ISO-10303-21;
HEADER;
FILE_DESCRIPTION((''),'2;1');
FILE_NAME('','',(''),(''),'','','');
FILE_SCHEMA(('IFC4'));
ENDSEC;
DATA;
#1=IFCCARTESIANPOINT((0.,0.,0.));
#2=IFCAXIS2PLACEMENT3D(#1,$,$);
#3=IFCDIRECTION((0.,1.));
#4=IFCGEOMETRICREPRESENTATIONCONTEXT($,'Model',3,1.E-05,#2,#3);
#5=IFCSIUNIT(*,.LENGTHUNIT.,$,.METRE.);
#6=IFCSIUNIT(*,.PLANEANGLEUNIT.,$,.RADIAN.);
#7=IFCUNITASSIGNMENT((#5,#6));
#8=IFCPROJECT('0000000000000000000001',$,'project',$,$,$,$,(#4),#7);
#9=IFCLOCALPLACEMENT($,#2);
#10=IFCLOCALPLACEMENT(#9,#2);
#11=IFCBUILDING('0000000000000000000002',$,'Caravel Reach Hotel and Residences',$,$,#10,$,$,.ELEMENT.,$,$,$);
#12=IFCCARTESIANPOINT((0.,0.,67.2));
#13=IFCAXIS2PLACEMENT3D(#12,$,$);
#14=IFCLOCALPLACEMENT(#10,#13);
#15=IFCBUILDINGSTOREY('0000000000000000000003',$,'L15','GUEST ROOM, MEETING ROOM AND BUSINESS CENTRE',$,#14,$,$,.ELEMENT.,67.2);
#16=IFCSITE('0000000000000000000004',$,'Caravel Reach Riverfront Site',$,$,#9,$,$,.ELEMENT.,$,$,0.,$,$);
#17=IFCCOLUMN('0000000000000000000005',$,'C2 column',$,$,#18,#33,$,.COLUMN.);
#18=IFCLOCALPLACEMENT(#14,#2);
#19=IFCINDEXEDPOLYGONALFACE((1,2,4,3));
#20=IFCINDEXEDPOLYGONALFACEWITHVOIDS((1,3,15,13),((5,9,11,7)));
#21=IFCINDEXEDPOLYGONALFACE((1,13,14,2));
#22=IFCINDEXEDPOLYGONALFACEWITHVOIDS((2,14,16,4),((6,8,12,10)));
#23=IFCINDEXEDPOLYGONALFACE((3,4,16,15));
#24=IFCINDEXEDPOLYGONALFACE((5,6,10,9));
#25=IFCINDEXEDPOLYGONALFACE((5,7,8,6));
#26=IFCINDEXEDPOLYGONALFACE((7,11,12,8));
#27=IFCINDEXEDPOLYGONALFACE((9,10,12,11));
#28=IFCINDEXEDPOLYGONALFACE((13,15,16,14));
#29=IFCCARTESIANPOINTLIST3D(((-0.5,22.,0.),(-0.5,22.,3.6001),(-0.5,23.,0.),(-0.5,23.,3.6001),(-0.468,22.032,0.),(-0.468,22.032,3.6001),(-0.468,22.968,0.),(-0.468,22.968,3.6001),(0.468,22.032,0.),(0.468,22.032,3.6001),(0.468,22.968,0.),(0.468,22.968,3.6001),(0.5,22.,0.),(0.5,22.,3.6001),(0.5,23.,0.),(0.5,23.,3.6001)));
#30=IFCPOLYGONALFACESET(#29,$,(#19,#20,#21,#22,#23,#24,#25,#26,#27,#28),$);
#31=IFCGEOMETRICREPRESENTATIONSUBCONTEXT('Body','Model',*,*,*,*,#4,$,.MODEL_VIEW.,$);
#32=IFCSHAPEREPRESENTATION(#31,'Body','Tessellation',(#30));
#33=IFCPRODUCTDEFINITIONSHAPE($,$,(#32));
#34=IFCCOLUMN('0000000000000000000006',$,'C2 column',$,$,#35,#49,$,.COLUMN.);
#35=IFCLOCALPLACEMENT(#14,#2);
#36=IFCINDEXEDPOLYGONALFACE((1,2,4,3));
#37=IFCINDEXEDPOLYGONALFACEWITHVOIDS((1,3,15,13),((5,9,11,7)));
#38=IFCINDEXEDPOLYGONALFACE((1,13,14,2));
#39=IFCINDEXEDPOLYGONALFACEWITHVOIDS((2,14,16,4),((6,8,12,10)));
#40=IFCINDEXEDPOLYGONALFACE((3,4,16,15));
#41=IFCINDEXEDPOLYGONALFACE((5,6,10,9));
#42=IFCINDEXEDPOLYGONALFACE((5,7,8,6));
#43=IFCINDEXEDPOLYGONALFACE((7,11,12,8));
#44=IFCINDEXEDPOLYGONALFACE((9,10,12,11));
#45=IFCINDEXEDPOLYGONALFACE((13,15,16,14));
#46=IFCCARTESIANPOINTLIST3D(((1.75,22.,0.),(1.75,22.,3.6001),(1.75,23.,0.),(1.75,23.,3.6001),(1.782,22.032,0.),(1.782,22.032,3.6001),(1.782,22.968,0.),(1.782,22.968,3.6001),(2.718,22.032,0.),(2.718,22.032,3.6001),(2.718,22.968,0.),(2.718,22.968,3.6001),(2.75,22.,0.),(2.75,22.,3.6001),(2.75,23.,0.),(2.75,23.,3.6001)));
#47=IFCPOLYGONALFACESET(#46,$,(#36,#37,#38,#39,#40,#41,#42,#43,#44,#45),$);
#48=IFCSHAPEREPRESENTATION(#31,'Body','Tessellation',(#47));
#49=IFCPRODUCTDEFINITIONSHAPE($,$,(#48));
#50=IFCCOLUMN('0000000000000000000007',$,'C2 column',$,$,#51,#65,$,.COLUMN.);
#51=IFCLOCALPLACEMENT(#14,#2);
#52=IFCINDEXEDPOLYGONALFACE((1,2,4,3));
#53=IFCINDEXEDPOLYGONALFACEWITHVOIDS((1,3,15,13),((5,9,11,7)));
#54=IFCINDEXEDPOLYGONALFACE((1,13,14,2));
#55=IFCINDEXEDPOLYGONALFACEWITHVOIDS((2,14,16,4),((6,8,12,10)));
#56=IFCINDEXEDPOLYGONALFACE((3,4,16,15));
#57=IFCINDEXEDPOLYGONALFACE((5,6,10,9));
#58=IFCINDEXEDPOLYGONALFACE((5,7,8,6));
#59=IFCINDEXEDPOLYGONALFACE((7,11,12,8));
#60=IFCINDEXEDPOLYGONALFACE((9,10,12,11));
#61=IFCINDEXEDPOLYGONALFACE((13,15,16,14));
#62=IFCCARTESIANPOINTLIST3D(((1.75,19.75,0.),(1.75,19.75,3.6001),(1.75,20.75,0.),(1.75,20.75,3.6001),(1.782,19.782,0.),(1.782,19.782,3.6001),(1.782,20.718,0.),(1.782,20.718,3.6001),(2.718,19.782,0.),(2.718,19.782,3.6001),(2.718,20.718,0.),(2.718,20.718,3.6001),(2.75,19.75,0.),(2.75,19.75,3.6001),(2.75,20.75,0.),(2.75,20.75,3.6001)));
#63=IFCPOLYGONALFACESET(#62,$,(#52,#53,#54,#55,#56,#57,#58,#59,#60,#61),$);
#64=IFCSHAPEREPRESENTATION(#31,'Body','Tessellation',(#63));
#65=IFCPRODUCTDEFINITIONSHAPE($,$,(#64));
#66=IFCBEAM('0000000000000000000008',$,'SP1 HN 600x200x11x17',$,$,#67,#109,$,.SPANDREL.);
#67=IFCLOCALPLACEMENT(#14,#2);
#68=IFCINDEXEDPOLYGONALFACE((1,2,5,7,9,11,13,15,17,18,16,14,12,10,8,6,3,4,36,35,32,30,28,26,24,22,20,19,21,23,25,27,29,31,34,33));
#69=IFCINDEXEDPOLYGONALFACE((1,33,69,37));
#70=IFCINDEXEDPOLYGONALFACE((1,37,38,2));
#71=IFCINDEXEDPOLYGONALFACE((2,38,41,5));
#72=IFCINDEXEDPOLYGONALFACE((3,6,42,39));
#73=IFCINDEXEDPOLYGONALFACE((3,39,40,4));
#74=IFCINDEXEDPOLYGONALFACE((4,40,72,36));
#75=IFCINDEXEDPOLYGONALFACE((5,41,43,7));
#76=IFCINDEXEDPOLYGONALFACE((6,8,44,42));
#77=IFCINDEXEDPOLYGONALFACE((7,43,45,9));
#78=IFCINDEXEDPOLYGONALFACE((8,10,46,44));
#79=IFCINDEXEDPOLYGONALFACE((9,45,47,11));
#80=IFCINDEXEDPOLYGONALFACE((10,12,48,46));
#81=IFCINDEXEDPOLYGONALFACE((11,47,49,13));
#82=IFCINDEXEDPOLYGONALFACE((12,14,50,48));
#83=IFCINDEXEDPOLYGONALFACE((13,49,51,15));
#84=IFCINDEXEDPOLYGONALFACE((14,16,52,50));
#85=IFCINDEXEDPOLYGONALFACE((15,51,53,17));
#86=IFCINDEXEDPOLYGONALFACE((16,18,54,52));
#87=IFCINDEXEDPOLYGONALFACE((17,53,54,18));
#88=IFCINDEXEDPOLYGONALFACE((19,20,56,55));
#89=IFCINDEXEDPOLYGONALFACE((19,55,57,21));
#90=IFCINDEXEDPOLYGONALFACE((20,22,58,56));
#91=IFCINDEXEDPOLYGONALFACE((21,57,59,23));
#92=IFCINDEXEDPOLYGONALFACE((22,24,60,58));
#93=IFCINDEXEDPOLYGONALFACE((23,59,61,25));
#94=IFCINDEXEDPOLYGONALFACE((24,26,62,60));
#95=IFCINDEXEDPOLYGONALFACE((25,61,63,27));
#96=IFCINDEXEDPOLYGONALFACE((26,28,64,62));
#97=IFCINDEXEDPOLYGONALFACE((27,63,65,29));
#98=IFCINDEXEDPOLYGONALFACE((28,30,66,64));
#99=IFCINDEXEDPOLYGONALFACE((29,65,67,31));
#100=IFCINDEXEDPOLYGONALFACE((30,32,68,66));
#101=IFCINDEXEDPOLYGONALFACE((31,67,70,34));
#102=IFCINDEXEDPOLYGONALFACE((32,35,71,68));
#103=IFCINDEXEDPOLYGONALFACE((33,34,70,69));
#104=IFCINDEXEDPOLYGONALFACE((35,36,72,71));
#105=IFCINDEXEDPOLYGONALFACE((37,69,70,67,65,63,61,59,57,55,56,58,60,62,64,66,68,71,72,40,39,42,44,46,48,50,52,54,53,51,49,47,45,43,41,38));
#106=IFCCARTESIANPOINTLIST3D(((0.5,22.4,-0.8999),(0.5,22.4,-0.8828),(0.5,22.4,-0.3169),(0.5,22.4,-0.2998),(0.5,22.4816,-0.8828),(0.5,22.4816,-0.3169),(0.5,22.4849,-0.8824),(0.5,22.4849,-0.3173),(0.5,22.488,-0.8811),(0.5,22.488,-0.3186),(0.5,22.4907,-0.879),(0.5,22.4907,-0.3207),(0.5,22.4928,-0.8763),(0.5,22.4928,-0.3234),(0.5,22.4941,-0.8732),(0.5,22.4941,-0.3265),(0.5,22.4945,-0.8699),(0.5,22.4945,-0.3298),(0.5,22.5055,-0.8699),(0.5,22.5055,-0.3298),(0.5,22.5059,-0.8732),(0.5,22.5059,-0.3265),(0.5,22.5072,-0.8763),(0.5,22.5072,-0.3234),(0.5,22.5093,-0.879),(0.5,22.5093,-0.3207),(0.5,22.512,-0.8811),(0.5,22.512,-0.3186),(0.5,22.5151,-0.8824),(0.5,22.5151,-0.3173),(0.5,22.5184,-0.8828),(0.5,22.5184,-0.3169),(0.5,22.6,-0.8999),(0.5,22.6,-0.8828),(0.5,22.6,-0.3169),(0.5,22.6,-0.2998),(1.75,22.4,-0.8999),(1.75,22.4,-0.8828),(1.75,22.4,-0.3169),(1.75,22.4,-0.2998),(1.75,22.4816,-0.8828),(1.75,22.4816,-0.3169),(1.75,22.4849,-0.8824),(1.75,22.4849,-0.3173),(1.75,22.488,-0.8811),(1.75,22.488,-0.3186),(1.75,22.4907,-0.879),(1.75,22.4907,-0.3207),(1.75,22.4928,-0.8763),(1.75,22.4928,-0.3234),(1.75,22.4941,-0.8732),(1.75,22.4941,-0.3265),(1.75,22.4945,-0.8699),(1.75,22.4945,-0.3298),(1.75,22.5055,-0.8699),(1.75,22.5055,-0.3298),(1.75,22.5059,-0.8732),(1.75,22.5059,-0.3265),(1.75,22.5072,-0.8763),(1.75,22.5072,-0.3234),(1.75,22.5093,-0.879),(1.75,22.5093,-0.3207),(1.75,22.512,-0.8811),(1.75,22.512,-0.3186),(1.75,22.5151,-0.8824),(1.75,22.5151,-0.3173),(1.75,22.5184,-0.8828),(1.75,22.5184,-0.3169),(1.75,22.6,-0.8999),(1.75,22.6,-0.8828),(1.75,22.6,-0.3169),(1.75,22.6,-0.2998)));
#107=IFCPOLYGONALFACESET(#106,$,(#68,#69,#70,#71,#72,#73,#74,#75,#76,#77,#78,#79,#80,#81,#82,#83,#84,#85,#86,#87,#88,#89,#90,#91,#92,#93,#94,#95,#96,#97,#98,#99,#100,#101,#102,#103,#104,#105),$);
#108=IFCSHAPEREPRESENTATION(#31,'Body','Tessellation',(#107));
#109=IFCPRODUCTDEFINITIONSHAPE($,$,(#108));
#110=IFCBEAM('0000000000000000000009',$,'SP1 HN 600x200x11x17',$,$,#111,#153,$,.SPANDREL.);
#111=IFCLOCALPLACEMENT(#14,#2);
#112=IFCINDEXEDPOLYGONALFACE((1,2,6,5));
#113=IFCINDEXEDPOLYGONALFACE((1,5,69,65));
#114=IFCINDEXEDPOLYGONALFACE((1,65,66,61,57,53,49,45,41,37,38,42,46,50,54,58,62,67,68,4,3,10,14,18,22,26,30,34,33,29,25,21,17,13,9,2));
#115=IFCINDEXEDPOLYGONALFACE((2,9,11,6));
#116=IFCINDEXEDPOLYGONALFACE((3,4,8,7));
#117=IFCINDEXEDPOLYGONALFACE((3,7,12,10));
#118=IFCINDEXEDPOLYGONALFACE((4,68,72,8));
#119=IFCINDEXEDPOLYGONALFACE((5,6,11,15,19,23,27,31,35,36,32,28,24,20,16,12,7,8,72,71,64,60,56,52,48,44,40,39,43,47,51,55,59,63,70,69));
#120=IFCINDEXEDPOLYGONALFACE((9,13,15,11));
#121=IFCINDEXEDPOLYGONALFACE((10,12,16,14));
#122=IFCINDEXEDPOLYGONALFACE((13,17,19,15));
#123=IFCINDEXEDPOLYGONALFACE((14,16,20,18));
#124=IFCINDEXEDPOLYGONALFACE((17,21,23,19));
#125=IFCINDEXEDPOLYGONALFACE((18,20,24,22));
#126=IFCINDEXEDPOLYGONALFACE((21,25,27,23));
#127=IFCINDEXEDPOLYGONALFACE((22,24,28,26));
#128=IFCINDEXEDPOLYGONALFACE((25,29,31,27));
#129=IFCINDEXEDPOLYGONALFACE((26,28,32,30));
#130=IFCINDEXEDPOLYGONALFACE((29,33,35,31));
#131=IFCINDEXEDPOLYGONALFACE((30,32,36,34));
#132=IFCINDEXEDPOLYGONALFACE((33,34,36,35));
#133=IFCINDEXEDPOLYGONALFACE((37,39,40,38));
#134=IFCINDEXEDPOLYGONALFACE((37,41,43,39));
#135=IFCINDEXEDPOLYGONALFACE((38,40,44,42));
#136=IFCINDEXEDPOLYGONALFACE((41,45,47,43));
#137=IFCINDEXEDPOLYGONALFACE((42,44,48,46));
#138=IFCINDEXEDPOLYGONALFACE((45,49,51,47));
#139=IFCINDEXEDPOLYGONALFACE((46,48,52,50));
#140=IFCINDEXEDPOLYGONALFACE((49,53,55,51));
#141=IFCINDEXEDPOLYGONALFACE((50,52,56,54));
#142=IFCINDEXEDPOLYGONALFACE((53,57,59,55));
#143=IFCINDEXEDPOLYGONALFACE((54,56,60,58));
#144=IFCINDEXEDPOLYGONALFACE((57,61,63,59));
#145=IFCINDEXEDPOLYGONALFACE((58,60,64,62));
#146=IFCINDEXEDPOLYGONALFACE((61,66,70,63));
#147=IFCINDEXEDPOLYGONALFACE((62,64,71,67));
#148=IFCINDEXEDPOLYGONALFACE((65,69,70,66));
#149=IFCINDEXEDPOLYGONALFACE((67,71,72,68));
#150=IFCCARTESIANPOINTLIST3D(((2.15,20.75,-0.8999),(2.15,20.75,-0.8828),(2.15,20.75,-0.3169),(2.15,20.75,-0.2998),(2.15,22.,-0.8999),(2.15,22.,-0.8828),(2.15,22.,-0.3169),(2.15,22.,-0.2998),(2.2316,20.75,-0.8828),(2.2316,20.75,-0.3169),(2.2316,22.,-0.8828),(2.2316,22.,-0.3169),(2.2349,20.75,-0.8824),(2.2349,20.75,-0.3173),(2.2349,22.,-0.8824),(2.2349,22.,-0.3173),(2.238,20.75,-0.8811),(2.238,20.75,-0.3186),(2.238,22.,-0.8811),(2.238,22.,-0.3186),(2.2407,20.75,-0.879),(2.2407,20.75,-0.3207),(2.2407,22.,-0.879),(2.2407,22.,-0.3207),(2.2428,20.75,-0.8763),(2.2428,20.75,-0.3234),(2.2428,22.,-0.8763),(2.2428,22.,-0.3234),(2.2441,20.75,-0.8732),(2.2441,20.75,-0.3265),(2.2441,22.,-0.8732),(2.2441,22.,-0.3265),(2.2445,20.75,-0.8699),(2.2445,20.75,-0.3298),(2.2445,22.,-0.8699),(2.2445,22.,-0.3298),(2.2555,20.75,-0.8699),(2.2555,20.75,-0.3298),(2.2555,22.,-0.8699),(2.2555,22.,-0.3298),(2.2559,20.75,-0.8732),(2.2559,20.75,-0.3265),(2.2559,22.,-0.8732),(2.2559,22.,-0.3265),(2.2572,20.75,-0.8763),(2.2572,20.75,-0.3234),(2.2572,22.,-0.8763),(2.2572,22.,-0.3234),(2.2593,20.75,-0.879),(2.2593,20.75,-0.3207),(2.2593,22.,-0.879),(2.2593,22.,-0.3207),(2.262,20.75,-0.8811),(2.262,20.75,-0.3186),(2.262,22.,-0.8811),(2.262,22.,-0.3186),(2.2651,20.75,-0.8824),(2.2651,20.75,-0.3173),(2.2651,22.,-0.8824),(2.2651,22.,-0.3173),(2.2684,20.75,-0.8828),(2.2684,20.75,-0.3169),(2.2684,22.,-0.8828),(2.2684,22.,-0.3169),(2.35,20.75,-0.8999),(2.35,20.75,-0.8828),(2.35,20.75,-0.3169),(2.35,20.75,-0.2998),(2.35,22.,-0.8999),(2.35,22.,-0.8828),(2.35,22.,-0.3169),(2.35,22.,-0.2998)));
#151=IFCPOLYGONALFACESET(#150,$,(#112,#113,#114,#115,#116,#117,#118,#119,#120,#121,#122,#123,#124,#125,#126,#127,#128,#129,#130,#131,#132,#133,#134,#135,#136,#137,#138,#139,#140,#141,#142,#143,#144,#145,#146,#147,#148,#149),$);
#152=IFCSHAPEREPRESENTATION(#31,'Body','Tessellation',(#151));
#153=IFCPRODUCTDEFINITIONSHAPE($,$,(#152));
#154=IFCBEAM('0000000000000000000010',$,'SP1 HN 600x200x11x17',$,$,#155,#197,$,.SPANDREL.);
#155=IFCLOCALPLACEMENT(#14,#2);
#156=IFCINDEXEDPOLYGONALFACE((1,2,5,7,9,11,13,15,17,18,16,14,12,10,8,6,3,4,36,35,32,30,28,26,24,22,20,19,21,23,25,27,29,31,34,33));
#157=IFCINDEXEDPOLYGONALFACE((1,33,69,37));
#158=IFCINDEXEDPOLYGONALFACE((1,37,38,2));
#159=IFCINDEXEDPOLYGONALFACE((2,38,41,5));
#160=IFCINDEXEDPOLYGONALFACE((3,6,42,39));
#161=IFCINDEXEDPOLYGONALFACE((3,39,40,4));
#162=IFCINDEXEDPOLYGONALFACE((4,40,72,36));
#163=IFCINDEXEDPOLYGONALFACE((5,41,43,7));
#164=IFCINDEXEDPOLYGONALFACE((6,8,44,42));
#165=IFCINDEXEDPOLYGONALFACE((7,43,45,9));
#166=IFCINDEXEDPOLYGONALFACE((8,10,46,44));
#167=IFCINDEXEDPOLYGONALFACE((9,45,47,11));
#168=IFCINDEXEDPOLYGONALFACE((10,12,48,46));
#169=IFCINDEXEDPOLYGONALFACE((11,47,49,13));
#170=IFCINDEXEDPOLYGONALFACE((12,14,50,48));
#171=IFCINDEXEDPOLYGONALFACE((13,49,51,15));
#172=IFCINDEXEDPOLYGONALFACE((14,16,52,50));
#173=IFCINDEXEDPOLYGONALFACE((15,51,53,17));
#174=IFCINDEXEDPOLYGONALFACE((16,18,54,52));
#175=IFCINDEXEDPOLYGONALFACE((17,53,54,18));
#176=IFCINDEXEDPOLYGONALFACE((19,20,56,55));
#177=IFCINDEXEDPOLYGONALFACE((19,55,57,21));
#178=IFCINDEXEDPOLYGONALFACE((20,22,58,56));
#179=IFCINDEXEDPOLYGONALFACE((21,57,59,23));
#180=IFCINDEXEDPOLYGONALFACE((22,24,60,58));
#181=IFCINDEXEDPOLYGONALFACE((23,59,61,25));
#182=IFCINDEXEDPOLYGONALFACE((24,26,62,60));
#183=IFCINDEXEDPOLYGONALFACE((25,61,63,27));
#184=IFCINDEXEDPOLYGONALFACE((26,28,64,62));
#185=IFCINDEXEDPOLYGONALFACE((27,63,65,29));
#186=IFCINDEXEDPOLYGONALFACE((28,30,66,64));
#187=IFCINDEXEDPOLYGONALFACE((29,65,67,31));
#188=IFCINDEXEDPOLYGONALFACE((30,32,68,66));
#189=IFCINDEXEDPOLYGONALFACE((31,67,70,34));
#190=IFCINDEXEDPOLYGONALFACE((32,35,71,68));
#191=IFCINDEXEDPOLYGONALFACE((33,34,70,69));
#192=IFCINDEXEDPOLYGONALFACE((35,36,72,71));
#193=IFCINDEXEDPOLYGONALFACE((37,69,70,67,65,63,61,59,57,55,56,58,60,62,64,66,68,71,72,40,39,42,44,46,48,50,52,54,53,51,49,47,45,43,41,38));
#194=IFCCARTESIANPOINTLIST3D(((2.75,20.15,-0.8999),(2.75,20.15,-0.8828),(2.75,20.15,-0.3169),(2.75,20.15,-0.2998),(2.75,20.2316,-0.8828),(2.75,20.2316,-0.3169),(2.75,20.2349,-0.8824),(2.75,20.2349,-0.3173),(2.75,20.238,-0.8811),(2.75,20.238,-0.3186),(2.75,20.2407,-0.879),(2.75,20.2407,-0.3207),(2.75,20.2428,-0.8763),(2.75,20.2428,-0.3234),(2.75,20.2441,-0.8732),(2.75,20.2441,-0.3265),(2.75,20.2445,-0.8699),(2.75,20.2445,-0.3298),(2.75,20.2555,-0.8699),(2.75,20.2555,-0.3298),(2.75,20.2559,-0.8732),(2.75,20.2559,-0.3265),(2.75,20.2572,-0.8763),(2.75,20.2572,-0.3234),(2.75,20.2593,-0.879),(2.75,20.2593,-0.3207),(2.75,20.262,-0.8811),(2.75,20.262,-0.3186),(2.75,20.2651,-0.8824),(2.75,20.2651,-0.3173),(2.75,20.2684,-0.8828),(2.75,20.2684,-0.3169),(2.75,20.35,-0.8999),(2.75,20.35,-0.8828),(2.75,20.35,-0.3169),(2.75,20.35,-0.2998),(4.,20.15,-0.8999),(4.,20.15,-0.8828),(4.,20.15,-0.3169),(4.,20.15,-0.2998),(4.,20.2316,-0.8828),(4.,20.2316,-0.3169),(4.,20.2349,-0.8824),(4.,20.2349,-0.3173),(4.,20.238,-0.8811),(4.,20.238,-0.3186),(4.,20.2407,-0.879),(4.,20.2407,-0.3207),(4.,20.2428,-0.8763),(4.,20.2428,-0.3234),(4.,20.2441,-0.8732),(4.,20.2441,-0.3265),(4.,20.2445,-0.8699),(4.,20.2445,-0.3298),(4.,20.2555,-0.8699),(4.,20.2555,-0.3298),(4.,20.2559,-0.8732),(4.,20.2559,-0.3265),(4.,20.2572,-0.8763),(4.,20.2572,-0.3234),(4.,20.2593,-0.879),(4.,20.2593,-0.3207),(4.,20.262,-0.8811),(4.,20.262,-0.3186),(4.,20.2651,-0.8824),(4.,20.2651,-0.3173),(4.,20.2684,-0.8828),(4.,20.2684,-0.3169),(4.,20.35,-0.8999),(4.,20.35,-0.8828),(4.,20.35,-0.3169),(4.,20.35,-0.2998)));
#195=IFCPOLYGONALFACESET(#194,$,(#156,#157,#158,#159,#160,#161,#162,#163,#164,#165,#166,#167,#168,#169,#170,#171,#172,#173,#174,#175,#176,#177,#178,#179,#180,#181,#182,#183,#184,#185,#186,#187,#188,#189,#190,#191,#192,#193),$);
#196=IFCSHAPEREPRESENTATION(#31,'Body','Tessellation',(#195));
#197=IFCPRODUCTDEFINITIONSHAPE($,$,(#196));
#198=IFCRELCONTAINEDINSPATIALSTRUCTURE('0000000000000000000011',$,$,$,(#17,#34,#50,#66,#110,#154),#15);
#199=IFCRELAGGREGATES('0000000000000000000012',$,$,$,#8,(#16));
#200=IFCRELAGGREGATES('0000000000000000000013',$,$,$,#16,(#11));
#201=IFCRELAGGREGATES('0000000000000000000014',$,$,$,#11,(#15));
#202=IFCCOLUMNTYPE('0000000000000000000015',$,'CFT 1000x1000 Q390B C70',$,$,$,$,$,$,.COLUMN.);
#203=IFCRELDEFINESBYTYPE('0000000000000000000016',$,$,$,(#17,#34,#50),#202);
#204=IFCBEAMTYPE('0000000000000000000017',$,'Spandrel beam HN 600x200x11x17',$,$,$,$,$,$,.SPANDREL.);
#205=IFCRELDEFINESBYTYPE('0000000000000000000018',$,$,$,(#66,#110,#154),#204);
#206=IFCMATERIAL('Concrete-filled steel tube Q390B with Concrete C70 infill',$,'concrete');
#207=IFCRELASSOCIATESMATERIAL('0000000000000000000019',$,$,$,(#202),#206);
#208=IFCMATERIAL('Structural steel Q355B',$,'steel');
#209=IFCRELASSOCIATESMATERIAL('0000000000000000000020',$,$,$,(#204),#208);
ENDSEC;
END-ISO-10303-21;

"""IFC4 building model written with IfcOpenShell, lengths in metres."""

from ifc_helpers import new_model, si_unit, direction, frame, origin, origin_2d, place, context, subcontext, project, spatial, hollow_rectangle, i_section, extrude, material, material_profile, profile_set, type_object, element, save


model = new_model("IFC4")

# Units and contexts
model_context = context("Model", 3, precision=1e-05, world=origin(), true_north=direction((0.0, 1.0)))
body_context = subcontext(model_context, "Body", "Model", "MODEL_VIEW")
ifc_project = project(units=[si_unit("LENGTHUNIT", "METRE"), si_unit("PLANEANGLEUNIT", "RADIAN")], contexts=[model_context])

# Site, building, storey
site_placement = place(None, origin())
site = spatial("IfcSite", under=ifc_project, at=site_placement, Name="Caravel Reach Riverfront Site", CompositionType="ELEMENT", RefElevation=0.0)
building_placement = place(site_placement, origin())
building = spatial("IfcBuilding", under=site, at=building_placement, Name="Caravel Reach Hotel and Residences", CompositionType="ELEMENT")
storey_placement = place(building_placement, frame((0.0, 0.0, 67.2)))
storey = spatial("IfcBuildingStorey", under=building, at=storey_placement, Name="L15", Description="GUEST ROOM, MEETING ROOM AND BUSINESS CENTRE", CompositionType="ELEMENT", Elevation=67.2)

# Columns
ifc_material_1 = material(Name="Concrete-filled steel tube Q390B with Concrete C70 infill", Category="concrete")
ifc_material_profile_1 = material_profile(ifc_material_1, hollow_rectangle(XDim=1.0, YDim=1.0, WallThickness=0.032, at=origin_2d()), Name="RHS 1000x1000x32")
ifc_profile_set_1 = profile_set([ifc_material_profile_1], Name="Concrete-filled steel tube Q390B with Concrete C70 infill")
column_type = type_object("IfcColumnType", Name="CFT 1000x1000 Q390B C70", PredefinedType="COLUMN", material=ifc_profile_set_1)
for number, where, z_axis, x_axis, name in (
    (1, (0.0, 22.5, 0.0), (0.0, 0.0, 1.0), (1.0, 0.0, 0.0), "C2 column"),
    (2, (2.25, 22.5, 0.0), (0.0, 0.0, 1.0), (1.0, 0.0, 0.0), "C2 column"),
    (3, (2.25, 20.25, 0.0), (0.0, 0.0, 1.0), (1.0, 0.0, 0.0), "C2 column"),
):
    element("IfcColumn", number, at=place(storey_placement, frame(where, z_axis=z_axis, x_axis=x_axis)), inside=storey, type_object=column_type, Name=name, PredefinedType="COLUMN", context=body_context, shape_type="SweptSolid", body=[
        extrude(hollow_rectangle(XDim=1.0, YDim=1.0, WallThickness=0.032, at=origin_2d()), origin(), (0.0, 0.0, 1.0), 3.6001),
    ])

# Beams
ifc_material_2 = material(Name="Structural steel Q355B", Category="steel")
ifc_material_profile_2 = material_profile(ifc_material_2, i_section(OverallWidth=0.2, OverallDepth=0.6001, WebThickness=0.011, FlangeThickness=0.0171, FilletRadius=0.0129, at=origin_2d()), Name="HN 600x200x11x17")
ifc_profile_set_2 = profile_set([ifc_material_profile_2], Name="Structural steel Q355B")
beam_type = type_object("IfcBeamType", Name="Spandrel beam HN 600x200x11x17", PredefinedType="SPANDREL", material=ifc_profile_set_2)
for number, where, z_axis, x_axis, name in (
    (4, (0.5, 22.5, -0.5999), (1.0, 0.0, 0.0), (0.0, 1.0, 0.0), "SP1 HN 600x200x11x17"),
    (5, (2.25, 22.0, -0.5999), (0.0, -1.0, 0.0), (1.0, 0.0, 0.0), "SP1 HN 600x200x11x17"),
    (6, (2.75, 20.25, -0.5999), (1.0, 0.0, 0.0), (0.0, 1.0, 0.0), "SP1 HN 600x200x11x17"),
):
    element("IfcBeam", number, at=place(storey_placement, frame(where, z_axis=z_axis, x_axis=x_axis)), inside=storey, type_object=beam_type, Name=name, PredefinedType="SPANDREL", context=body_context, shape_type="SweptSolid", body=[
        extrude(i_section(OverallWidth=0.2, OverallDepth=0.6001, WebThickness=0.011, FlangeThickness=0.0171, FilletRadius=0.0129, at=origin_2d()), origin(), (0.0, 0.0, 1.0), 1.25),
    ])

save(model, "model.ifc")
